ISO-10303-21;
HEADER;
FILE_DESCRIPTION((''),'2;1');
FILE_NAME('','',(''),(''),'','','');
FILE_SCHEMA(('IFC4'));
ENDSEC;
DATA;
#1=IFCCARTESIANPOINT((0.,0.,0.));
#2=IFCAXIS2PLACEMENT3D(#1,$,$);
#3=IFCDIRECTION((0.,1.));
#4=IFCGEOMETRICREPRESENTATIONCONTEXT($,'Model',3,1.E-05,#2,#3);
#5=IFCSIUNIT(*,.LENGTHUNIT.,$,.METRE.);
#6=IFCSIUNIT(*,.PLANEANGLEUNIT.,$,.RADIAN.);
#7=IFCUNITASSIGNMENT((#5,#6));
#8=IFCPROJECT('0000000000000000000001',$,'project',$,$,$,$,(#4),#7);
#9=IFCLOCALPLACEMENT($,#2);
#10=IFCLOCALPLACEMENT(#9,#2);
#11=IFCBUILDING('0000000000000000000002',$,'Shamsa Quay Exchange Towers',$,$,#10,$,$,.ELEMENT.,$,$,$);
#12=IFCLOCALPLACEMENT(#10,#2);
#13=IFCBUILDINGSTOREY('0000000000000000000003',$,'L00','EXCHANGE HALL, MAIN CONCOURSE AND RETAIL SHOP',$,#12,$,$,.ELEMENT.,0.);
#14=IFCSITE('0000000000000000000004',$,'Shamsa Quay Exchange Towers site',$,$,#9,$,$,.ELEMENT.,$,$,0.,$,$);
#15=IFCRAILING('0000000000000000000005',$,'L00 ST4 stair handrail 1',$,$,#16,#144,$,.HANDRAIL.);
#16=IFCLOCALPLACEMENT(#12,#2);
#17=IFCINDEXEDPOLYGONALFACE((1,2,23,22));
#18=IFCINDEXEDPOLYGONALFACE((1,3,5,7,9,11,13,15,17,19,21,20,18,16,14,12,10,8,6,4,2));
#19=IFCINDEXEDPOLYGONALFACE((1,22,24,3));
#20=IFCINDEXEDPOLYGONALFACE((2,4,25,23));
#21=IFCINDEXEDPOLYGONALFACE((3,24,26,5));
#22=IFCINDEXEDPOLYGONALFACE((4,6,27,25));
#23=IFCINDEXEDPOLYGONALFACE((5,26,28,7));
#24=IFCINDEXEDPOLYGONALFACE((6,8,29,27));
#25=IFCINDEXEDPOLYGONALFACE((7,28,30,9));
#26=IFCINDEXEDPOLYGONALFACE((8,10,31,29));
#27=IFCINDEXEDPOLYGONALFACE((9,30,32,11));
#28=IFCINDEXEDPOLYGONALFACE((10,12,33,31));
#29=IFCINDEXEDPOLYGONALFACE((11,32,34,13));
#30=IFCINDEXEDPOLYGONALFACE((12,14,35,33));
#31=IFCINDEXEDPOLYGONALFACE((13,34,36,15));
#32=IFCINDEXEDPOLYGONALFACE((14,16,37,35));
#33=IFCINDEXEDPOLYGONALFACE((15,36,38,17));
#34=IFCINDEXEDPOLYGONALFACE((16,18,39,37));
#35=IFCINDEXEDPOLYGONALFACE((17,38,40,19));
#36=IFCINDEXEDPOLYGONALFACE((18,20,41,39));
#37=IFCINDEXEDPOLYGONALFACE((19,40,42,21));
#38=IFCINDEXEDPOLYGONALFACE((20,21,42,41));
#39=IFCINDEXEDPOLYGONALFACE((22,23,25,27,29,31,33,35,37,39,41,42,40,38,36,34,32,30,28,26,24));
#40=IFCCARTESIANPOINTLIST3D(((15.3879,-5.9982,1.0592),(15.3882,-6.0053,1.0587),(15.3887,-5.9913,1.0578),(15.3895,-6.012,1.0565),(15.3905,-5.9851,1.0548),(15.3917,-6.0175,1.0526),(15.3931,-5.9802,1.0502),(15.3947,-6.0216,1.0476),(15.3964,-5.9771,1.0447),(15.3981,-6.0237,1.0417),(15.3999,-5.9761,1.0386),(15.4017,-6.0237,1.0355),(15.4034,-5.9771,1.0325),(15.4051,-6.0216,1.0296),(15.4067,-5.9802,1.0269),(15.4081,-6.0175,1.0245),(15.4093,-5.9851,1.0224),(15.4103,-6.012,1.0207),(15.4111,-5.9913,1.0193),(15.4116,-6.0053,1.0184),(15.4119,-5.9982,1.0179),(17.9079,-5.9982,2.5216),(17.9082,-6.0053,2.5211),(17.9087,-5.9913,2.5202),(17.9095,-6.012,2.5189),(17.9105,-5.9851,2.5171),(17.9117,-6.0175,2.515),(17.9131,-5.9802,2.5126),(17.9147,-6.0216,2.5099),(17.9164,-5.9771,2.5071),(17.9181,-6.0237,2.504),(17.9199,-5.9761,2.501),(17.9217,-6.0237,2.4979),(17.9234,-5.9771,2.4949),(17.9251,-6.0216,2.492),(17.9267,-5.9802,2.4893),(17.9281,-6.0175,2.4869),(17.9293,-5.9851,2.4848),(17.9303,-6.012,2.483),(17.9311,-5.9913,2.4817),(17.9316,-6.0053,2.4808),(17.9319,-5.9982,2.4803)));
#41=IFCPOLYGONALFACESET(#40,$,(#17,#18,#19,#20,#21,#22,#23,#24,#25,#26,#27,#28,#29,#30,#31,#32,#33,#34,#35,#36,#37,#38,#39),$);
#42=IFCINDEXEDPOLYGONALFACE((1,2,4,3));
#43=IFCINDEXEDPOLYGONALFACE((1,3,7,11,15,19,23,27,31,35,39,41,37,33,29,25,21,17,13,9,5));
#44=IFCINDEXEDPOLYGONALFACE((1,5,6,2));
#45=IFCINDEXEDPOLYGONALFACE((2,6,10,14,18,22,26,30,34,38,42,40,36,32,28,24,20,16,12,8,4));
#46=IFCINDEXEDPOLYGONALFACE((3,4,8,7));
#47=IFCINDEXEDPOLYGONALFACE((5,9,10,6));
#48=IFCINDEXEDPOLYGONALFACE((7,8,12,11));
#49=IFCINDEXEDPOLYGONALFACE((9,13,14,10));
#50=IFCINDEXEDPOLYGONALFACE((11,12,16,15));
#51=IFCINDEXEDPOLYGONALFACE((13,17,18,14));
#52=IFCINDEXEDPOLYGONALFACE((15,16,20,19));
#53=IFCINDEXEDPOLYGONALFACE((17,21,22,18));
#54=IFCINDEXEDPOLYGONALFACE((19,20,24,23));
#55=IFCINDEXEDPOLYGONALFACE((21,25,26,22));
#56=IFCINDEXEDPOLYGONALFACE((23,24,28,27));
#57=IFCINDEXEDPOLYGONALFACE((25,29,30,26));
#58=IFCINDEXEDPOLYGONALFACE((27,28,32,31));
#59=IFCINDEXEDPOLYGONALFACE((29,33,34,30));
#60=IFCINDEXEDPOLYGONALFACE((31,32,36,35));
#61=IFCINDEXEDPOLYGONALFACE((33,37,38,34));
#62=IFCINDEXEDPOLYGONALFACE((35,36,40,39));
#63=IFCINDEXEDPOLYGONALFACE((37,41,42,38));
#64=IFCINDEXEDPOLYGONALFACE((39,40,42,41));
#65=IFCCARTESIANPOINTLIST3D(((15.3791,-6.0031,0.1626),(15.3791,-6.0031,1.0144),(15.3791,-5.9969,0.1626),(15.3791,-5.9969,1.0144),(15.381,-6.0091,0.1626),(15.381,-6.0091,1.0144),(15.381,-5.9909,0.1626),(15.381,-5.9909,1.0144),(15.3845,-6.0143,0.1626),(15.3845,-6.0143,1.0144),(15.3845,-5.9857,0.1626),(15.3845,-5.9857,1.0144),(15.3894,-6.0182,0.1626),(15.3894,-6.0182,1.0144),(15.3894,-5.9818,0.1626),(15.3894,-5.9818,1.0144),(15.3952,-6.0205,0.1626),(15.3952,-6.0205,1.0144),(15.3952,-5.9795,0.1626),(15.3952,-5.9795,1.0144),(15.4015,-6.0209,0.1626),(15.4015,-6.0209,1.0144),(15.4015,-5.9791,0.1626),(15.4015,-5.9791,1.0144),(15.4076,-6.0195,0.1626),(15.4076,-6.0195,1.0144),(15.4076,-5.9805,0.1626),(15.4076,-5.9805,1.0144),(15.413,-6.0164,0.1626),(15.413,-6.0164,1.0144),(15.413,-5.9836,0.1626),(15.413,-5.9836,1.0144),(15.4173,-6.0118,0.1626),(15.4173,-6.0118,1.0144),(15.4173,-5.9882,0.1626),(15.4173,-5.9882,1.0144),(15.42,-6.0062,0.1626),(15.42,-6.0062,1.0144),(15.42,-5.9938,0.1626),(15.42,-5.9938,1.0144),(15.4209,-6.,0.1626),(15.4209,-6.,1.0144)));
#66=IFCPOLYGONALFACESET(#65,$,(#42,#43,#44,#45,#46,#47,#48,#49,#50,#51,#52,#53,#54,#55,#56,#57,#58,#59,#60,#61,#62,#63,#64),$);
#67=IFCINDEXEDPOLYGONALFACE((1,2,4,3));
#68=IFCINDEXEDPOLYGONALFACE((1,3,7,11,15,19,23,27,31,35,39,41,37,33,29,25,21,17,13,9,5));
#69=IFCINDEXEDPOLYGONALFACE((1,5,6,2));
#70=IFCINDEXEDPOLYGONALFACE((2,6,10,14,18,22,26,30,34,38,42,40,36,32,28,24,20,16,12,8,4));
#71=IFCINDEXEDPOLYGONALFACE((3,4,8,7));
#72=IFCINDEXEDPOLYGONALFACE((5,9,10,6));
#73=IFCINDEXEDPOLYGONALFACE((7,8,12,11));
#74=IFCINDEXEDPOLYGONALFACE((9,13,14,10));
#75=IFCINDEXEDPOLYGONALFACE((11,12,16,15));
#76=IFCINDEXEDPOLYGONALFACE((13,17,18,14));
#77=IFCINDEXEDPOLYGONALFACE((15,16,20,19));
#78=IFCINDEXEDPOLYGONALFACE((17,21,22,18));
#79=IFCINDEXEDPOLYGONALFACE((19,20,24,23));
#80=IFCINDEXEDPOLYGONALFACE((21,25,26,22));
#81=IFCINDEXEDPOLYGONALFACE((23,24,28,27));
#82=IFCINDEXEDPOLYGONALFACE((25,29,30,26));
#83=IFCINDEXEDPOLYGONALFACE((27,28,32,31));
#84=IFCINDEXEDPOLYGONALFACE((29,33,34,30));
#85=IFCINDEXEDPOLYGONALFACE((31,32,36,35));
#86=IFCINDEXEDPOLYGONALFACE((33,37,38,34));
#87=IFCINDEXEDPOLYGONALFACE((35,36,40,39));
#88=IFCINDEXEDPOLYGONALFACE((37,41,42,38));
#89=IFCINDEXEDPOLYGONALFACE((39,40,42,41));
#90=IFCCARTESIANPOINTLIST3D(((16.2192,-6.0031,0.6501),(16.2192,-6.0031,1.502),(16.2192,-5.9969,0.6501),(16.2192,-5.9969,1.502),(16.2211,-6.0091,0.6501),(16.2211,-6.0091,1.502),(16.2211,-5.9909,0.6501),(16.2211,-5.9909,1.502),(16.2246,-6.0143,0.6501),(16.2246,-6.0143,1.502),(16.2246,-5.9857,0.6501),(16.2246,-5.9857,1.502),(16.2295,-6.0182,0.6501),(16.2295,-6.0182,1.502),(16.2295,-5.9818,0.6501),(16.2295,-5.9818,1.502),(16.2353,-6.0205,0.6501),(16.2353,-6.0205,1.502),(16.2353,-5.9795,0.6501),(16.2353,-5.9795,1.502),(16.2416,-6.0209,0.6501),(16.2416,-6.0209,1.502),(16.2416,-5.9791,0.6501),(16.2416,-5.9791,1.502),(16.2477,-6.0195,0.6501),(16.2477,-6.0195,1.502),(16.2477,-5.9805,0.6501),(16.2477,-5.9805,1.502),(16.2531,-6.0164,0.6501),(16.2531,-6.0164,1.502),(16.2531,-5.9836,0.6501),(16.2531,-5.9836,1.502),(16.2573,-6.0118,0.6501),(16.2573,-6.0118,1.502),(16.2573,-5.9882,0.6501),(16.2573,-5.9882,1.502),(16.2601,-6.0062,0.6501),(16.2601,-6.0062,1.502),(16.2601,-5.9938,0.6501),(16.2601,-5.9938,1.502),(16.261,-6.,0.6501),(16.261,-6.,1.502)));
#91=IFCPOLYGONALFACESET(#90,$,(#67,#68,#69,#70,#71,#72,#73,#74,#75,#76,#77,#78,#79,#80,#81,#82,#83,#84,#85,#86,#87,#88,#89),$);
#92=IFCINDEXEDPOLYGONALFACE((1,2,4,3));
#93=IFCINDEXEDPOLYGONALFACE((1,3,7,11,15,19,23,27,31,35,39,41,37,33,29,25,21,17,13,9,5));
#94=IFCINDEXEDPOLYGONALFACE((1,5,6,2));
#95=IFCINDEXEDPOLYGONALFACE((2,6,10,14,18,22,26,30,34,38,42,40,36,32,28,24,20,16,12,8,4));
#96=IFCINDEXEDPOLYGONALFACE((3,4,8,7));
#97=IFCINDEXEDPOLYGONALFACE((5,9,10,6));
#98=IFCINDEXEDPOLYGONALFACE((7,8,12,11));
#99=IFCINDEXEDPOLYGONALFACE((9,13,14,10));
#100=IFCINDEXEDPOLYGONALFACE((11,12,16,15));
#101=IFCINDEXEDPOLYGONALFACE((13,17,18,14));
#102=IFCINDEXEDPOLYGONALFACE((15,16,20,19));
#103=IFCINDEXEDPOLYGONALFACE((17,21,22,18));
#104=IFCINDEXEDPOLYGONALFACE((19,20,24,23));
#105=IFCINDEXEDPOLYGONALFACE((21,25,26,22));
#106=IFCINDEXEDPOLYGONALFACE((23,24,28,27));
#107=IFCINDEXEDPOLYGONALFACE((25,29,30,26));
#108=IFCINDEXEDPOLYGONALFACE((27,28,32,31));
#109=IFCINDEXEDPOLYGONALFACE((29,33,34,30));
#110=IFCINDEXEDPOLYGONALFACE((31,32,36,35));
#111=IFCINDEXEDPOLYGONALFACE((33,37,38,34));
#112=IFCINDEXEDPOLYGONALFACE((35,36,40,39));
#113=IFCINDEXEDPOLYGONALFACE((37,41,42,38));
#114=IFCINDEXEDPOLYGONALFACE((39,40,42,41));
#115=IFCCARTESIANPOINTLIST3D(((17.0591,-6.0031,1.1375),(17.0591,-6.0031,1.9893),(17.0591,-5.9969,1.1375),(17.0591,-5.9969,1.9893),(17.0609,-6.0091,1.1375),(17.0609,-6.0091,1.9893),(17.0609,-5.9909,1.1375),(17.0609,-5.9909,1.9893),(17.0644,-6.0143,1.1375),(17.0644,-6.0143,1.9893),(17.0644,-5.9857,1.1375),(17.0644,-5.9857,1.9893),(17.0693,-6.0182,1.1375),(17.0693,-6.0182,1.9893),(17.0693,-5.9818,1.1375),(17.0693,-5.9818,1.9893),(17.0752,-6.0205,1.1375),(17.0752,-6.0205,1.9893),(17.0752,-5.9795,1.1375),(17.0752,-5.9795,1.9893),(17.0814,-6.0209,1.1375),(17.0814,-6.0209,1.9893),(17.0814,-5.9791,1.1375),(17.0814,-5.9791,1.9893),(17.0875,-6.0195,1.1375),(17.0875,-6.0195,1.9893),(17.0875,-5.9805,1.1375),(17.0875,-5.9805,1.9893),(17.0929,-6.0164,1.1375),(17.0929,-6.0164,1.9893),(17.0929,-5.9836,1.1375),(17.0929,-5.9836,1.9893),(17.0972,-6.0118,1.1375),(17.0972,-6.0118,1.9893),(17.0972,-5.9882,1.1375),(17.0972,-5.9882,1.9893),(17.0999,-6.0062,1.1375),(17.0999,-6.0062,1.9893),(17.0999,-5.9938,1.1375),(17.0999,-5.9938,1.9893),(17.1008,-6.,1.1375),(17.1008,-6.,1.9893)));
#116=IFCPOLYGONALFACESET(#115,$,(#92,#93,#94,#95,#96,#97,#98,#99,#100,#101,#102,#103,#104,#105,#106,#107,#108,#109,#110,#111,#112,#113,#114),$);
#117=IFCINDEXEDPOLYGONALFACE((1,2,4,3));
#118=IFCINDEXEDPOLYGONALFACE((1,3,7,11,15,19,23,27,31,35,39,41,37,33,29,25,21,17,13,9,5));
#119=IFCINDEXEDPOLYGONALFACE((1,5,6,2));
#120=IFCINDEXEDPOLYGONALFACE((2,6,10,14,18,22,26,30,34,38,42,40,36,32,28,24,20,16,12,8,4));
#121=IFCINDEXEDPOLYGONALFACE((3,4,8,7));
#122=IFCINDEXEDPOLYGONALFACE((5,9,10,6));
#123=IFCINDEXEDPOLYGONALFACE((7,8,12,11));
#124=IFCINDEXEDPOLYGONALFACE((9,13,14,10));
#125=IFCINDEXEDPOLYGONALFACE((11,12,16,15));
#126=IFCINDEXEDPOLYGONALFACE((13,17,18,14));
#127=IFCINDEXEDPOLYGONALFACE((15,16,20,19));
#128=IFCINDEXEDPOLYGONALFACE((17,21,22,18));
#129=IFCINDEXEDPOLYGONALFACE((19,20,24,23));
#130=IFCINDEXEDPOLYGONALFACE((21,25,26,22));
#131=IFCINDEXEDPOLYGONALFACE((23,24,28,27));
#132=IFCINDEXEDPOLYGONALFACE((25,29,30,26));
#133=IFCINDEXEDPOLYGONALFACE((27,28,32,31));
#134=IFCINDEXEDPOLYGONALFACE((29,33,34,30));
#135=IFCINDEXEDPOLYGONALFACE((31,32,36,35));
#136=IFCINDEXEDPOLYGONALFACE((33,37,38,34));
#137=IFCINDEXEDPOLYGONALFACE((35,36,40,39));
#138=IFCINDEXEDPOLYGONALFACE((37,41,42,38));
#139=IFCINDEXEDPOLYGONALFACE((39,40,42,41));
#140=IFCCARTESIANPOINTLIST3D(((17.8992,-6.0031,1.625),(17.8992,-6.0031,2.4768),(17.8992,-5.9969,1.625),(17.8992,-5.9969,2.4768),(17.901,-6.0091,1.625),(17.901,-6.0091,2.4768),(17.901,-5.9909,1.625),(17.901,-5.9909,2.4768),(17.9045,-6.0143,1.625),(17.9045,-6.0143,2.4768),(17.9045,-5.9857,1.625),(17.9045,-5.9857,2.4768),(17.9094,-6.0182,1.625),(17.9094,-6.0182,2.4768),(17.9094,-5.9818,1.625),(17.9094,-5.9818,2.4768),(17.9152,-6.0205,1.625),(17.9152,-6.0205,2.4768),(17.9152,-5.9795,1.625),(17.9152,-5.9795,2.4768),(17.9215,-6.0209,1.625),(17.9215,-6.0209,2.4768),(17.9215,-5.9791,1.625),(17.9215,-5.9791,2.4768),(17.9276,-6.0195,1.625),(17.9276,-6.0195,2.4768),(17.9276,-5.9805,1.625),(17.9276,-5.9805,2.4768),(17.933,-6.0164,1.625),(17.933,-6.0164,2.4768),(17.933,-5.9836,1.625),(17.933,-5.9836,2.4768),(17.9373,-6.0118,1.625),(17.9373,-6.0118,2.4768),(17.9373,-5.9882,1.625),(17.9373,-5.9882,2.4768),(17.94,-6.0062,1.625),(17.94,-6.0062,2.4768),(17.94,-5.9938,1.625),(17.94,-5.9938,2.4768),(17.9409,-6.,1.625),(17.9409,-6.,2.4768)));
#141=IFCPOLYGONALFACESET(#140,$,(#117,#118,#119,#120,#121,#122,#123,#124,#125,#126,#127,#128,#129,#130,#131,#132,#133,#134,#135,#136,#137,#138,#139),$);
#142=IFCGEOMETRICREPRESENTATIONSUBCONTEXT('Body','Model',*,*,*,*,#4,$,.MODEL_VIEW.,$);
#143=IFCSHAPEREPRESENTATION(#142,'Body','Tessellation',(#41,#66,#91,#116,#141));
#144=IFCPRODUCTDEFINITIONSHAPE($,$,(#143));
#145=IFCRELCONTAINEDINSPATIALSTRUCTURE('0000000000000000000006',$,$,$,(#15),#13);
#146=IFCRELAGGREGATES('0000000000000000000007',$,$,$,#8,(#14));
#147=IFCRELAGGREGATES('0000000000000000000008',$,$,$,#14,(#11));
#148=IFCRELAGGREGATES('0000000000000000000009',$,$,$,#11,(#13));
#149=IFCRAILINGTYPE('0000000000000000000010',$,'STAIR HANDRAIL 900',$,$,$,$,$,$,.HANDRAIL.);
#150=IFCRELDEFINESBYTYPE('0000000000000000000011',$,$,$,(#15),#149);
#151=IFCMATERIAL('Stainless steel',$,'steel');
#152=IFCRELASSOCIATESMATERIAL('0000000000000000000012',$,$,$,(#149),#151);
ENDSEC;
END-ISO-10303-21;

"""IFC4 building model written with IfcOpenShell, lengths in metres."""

from ifc_helpers import new_model, si_unit, direction, frame, origin, origin_2d, place, context, subcontext, project, spatial, circle, extrude, material, type_object, element, save


model = new_model("IFC4")

# Units and contexts
model_context = context("Model", 3, precision=1e-05, world=origin(), true_north=direction((0.0, 1.0)))
body_context = subcontext(model_context, "Body", "Model", "MODEL_VIEW")
ifc_project = project(units=[si_unit("LENGTHUNIT", "METRE"), si_unit("PLANEANGLEUNIT", "RADIAN")], contexts=[model_context])

# Site, building, storey
site_placement = place(None, origin())
site = spatial("IfcSite", under=ifc_project, at=site_placement, Name="Shamsa Quay Exchange Towers site", CompositionType="ELEMENT", RefElevation=0.0)
building_placement = place(site_placement, origin())
building = spatial("IfcBuilding", under=site, at=building_placement, Name="Shamsa Quay Exchange Towers", CompositionType="ELEMENT")
storey_placement = place(building_placement, origin())
storey = spatial("IfcBuildingStorey", under=building, at=storey_placement, Name="L00", Description="EXCHANGE HALL, MAIN CONCOURSE AND RETAIL SHOP", CompositionType="ELEMENT", Elevation=0.0)

# Railing
ifc_material_1 = material(Name="Stainless steel", Category="steel")
railing_type_1 = type_object("IfcRailingType", Name="STAIR HANDRAIL 900", PredefinedType="HANDRAIL", material=ifc_material_1)
railing_1_placement = place(storey_placement, frame((15.3999, -6.0, 0.1626)))
element("IfcRailing", 1, at=railing_1_placement, inside=storey, type_object=railing_type_1, Name="L00 ST4 stair handrail 1", PredefinedType="HANDRAIL", context=body_context, shape_type="SweptSolid", body=[
    extrude(circle(Radius=0.0239, at=origin_2d()), frame((0.0, 0.0, 0.876), z_axis=(0.864913, 0.0, 0.501921), x_axis=(0.0, 1.0, 0.0)), (0.0, 0.0, 1.0), 2.9136),
    extrude(circle(Radius=0.021, at=origin_2d()), origin(), (0.0, 0.0, 1.0), 0.8518),
    extrude(circle(Radius=0.021, at=origin_2d()), frame((0.8401, 0.0, 0.4875)), (0.0, 0.0, 1.0), 0.8518),
    extrude(circle(Radius=0.021, at=origin_2d()), frame((1.6799, 0.0, 0.9749)), (0.0, 0.0, 1.0), 0.8518),
    extrude(circle(Radius=0.021, at=origin_2d()), frame((2.52, 0.0, 1.4624)), (0.0, 0.0, 1.0), 0.8518),
])

save(model, "model.ifc")
